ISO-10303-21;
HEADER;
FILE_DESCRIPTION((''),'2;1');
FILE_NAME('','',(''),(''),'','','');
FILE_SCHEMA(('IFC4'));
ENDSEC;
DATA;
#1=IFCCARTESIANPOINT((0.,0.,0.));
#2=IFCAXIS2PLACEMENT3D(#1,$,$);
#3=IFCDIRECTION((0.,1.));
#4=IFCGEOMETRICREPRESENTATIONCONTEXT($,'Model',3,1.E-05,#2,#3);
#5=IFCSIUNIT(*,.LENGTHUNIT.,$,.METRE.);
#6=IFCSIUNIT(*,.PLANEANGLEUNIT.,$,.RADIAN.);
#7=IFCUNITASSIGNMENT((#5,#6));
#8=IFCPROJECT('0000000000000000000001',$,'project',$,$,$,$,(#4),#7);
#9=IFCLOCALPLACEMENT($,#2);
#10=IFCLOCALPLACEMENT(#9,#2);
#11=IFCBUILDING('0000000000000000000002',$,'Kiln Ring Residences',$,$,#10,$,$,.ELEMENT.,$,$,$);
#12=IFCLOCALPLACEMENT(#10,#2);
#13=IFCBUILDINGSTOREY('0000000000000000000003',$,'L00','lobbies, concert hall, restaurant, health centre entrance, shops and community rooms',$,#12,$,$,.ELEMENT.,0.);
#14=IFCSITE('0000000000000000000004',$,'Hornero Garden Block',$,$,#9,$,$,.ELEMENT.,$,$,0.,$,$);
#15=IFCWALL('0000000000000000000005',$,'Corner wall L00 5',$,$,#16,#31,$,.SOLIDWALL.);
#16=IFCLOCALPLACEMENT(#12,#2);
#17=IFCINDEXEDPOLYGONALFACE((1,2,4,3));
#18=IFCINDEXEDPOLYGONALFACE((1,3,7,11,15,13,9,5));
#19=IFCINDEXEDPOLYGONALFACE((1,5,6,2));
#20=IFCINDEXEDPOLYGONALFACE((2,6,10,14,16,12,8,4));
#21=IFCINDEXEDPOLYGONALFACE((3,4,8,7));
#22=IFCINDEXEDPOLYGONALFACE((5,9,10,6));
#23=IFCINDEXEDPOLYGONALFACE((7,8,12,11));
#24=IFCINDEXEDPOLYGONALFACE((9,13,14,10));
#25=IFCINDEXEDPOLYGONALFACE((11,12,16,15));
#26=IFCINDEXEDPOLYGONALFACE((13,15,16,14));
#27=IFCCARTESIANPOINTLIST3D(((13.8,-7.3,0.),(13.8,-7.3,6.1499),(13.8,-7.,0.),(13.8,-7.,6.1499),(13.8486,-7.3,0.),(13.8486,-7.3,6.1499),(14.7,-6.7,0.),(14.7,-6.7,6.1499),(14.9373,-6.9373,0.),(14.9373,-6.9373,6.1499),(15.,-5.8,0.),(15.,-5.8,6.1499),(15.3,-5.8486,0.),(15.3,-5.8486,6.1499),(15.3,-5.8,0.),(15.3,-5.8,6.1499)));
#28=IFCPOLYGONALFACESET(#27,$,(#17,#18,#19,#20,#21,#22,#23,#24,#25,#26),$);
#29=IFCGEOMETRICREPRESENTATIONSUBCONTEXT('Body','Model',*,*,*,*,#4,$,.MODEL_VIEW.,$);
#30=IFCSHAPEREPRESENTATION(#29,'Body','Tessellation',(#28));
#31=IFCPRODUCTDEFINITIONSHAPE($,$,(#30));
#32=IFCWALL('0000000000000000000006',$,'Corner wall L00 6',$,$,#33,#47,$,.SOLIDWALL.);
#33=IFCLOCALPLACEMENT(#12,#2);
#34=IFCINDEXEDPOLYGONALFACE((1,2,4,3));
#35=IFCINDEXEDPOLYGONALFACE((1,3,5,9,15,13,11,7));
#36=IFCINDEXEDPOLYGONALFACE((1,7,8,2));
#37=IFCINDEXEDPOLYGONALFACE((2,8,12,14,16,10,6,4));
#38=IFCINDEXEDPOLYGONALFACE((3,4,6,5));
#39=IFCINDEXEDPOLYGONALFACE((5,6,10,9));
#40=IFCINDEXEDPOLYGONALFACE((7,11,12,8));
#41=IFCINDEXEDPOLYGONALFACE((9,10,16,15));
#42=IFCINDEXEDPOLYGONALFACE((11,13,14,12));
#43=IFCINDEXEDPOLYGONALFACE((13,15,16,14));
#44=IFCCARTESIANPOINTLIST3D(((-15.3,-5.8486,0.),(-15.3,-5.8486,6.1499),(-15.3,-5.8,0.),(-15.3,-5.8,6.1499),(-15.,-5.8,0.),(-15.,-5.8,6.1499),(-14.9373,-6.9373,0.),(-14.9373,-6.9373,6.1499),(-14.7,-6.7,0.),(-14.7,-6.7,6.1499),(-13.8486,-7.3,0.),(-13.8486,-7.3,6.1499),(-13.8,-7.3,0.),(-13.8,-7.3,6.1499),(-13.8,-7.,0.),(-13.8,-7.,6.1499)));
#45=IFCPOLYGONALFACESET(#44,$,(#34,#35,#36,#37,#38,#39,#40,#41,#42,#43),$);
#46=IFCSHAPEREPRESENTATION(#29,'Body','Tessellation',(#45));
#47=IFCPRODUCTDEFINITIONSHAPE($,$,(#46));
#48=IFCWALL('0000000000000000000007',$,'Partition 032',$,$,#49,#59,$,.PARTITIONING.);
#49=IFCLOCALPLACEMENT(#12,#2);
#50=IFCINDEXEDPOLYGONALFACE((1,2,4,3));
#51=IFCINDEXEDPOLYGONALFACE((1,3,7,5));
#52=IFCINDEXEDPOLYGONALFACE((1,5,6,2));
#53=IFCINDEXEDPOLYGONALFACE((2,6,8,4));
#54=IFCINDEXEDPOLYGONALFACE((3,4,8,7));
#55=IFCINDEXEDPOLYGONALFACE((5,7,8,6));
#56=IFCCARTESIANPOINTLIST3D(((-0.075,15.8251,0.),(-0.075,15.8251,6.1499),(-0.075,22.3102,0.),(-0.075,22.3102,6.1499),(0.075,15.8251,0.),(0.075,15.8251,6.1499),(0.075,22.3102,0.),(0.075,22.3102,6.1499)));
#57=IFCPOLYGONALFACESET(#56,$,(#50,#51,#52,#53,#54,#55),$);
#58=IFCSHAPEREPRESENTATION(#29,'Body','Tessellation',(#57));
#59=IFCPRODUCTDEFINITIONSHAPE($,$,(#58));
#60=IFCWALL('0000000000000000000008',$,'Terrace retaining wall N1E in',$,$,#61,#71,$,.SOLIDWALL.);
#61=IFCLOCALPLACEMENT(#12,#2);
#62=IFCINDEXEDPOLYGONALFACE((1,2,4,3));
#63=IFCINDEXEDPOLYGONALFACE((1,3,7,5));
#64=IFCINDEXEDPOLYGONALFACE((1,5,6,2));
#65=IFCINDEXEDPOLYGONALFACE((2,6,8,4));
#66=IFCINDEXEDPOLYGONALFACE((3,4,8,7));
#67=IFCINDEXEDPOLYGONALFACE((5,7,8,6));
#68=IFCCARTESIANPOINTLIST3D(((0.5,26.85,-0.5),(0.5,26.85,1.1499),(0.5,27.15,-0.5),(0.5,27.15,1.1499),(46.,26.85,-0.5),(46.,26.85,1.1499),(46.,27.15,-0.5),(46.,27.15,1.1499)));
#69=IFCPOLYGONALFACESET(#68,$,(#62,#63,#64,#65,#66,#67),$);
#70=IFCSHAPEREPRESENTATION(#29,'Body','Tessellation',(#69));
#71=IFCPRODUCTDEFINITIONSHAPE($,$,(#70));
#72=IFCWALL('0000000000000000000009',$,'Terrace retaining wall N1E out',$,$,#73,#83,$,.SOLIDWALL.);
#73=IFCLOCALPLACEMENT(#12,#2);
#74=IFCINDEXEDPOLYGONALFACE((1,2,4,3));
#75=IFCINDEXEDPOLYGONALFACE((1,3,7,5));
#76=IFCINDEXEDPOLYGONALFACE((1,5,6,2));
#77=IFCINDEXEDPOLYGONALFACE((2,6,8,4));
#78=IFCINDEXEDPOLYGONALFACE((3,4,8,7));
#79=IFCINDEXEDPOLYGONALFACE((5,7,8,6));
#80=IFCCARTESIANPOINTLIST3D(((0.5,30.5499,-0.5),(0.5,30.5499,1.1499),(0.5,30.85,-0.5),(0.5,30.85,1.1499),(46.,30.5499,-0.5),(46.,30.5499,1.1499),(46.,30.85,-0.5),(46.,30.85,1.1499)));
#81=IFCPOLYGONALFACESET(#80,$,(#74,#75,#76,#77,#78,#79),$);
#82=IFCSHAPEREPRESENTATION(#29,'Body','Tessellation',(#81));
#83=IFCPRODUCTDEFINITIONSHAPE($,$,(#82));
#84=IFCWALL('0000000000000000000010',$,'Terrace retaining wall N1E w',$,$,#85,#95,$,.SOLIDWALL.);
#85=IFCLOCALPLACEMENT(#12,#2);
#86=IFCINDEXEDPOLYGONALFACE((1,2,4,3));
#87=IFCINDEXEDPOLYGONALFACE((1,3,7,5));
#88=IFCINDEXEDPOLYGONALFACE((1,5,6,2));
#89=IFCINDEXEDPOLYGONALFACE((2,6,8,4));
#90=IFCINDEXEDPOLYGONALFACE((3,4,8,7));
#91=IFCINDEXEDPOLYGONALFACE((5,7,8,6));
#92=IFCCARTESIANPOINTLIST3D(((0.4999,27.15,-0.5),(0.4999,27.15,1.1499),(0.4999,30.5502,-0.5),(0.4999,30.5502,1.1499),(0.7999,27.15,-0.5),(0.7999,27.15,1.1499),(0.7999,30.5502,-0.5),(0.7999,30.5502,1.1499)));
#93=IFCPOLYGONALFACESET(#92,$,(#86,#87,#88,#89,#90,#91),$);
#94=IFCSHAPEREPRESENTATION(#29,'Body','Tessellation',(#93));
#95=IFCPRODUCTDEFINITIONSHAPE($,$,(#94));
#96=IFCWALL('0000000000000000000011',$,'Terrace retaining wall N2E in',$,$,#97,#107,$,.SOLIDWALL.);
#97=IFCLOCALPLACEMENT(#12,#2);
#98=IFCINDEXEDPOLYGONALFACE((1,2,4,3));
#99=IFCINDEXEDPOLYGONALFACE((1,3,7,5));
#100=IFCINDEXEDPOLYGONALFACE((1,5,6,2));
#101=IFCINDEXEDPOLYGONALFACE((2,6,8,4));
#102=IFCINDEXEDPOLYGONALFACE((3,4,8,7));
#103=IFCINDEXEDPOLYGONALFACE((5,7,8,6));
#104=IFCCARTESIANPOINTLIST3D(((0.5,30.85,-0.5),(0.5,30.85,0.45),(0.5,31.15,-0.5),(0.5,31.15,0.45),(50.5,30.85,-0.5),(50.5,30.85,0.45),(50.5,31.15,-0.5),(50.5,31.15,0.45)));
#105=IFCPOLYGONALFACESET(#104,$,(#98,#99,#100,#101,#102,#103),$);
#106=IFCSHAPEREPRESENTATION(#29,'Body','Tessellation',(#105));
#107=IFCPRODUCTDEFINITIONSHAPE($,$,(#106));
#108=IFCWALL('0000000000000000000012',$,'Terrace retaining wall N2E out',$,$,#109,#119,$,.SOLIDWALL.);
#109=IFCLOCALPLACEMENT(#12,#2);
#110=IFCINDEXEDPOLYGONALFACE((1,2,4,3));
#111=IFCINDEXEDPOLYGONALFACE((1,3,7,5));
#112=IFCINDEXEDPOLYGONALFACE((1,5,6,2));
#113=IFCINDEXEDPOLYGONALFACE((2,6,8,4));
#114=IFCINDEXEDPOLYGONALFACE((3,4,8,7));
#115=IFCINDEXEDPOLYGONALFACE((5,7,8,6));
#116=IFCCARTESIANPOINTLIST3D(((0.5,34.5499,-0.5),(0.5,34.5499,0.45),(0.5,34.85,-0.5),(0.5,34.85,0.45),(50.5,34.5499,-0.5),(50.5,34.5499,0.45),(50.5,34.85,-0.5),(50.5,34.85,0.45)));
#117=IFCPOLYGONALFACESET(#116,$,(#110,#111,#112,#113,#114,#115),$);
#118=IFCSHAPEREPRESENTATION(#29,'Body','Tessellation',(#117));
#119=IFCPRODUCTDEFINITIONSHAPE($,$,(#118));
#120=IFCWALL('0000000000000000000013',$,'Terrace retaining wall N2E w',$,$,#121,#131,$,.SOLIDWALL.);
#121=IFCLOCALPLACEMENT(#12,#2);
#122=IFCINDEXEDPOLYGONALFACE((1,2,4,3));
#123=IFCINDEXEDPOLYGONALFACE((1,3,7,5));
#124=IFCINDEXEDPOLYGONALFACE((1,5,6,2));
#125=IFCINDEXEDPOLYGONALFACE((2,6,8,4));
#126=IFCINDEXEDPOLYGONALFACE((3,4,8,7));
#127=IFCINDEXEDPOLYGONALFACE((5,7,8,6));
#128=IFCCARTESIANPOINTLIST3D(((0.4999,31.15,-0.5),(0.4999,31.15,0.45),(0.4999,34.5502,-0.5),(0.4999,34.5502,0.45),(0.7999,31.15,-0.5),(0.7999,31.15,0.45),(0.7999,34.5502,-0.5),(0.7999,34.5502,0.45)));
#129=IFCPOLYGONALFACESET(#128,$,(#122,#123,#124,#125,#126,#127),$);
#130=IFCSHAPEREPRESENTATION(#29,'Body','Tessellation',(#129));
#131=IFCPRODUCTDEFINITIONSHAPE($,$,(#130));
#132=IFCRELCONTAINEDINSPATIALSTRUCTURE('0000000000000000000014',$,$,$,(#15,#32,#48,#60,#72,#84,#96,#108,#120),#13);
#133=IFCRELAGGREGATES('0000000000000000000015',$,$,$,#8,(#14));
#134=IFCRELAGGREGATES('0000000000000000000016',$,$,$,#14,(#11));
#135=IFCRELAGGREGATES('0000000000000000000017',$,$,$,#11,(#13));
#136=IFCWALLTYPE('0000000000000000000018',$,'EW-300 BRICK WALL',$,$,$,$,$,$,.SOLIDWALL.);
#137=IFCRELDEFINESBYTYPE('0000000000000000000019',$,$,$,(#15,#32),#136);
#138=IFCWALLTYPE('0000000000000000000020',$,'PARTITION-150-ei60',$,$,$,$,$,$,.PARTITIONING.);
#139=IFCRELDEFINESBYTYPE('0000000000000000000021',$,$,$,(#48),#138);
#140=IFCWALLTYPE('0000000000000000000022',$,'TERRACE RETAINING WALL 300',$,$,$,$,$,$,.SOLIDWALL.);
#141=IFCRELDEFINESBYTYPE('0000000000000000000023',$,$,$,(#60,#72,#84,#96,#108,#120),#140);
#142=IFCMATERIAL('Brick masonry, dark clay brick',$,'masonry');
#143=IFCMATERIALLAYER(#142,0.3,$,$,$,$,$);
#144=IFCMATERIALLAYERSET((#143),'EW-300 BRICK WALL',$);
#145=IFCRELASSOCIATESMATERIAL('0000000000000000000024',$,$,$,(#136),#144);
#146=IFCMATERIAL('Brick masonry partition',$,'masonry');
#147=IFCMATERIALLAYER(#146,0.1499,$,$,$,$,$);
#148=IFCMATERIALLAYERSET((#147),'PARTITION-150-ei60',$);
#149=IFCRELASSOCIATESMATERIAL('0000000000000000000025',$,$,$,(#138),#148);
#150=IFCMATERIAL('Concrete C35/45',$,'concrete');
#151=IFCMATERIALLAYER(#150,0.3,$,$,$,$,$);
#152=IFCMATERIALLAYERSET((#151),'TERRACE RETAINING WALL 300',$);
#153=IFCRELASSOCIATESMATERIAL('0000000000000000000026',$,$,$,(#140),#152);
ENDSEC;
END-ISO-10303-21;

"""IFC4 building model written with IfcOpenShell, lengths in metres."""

from ifc_helpers import new_model, si_unit, direction, frame, frame_2d, origin, place, context, subcontext, project, spatial, polyline, rectangle, outline, extrude, material, layer, layer_set, type_object, element, save


model = new_model("IFC4")

# Units and contexts
model_context = context("Model", 3, precision=1e-05, world=origin(), true_north=direction((0.0, 1.0)))
body_context = subcontext(model_context, "Body", "Model", "MODEL_VIEW")
ifc_project = project(units=[si_unit("LENGTHUNIT", "METRE"), si_unit("PLANEANGLEUNIT", "RADIAN")], contexts=[model_context])

# Site, building, storey
site_placement = place(None, origin())
site = spatial("IfcSite", under=ifc_project, at=site_placement, Name="Hornero Garden Block", CompositionType="ELEMENT", RefElevation=0.0)
building_placement = place(site_placement, origin())
building = spatial("IfcBuilding", under=site, at=building_placement, Name="Kiln Ring Residences", CompositionType="ELEMENT")
storey_placement = place(building_placement, origin())
storey = spatial("IfcBuildingStorey", under=building, at=storey_placement, Name="L00", Description="lobbies, concert hall, restaurant, health centre entrance, shops and community rooms", CompositionType="ELEMENT", Elevation=0.0)

# Shared definitions
placement_1 = place(storey_placement, origin())

# Walls
ifc_material_1 = material(Name="Brick masonry, dark clay brick", Category="masonry")
ifc_layer_1 = layer(ifc_material_1, 0.3)
ifc_layer_set_1 = layer_set([ifc_layer_1], Name="EW-300 BRICK WALL")
wall_type_1 = type_object("IfcWallType", Name="EW-300 BRICK WALL", PredefinedType="SOLIDWALL", material=ifc_layer_set_1)
element("IfcWall", 1, at=placement_1, inside=storey, type_object=wall_type_1, Name="Corner wall L00 5", PredefinedType="SOLIDWALL", context=body_context, shape_type="SweptSolid", body=[
    extrude(outline(polyline([(14.9373, -6.9373), (15.3, -5.8486), (15.3, -5.8), (15.0, -5.8), (14.7, -6.7), (13.8, -7.0), (13.8, -7.3), (13.8486, -7.3), (14.9373, -6.9373)])), origin(), (0.0, 0.0, 1.0), 6.1499),
])
element("IfcWall", 2, at=placement_1, inside=storey, type_object=wall_type_1, Name="Corner wall L00 6", PredefinedType="SOLIDWALL", context=body_context, shape_type="SweptSolid", body=[
    extrude(outline(polyline([(-14.9373, -6.9373), (-13.8486, -7.3), (-13.8, -7.3), (-13.8, -7.0), (-14.7, -6.7), (-15.0, -5.8), (-15.3, -5.8), (-15.3, -5.8486), (-14.9373, -6.9373)])), origin(), (0.0, 0.0, 1.0), 6.1499),
])
ifc_material_2 = material(Name="Brick masonry partition", Category="masonry")
ifc_layer_2 = layer(ifc_material_2, 0.1499)
ifc_layer_set_2 = layer_set([ifc_layer_2], Name="PARTITION-150-ei60")
wall_type_2 = type_object("IfcWallType", Name="PARTITION-150-ei60", PredefinedType="PARTITIONING", material=ifc_layer_set_2)
wall_1_placement = place(storey_placement, frame((0.0, 15.825, 0.0), z_axis=(0.0, 0.0, 1.0), x_axis=(0.0, 1.0, 0.0)))
element("IfcWall", 3, at=wall_1_placement, inside=storey, type_object=wall_type_2, Name="Partition 032", PredefinedType="PARTITIONING", context=body_context, shape_type="SweptSolid", body=[
    extrude(rectangle(XDim=6.4851, YDim=0.1499, at=frame_2d((3.2427, 0.0))), origin(), (0.0, 0.0, 1.0), 6.1499),
])
ifc_material_3 = material(Name="Concrete C35/45", Category="concrete")
ifc_layer_3 = layer(ifc_material_3, 0.3)
ifc_layer_set_3 = layer_set([ifc_layer_3], Name="TERRACE RETAINING WALL 300")
wall_type_3 = type_object("IfcWallType", Name="TERRACE RETAINING WALL 300", PredefinedType="SOLIDWALL", material=ifc_layer_set_3)
for number, where, z_axis, x_axis, name in (
    (4, (0.5, 27.0, -0.5), (0.0, 0.0, 1.0), (1.0, 0.0, 0.0), "Terrace retaining wall N1E in"),
    (5, (0.5, 30.7, -0.5), (0.0, 0.0, 1.0), (1.0, 0.0, 0.0), "Terrace retaining wall N1E out"),
):
    element("IfcWall", number, at=place(storey_placement, frame(where, z_axis=z_axis, x_axis=x_axis)), inside=storey, type_object=wall_type_3, Name=name, PredefinedType="SOLIDWALL", context=body_context, shape_type="SweptSolid", body=[
        extrude(rectangle(XDim=45.5, YDim=0.3, at=frame_2d((22.75, 0.0))), origin(), (0.0, 0.0, 1.0), 1.6499),
    ])
wall_2_placement = place(storey_placement, frame((0.6499, 27.1499, -0.5), z_axis=(0.0, 0.0, 1.0), x_axis=(0.0, 1.0, 0.0)))
element("IfcWall", 6, at=wall_2_placement, inside=storey, type_object=wall_type_3, Name="Terrace retaining wall N1E w", PredefinedType="SOLIDWALL", context=body_context, shape_type="SweptSolid", body=[
    extrude(rectangle(XDim=3.4001, YDim=0.3, at=frame_2d((1.7002, 0.0))), origin(), (0.0, 0.0, 1.0), 1.6499),
])
for number, where, z_axis, x_axis, name in (
    (7, (0.5, 31.0, -0.5), (0.0, 0.0, 1.0), (1.0, 0.0, 0.0), "Terrace retaining wall N2E in"),
    (8, (0.5, 34.7, -0.5), (0.0, 0.0, 1.0), (1.0, 0.0, 0.0), "Terrace retaining wall N2E out"),
):
    element("IfcWall", number, at=place(storey_placement, frame(where, z_axis=z_axis, x_axis=x_axis)), inside=storey, type_object=wall_type_3, Name=name, PredefinedType="SOLIDWALL", context=body_context, shape_type="SweptSolid", body=[
        extrude(rectangle(XDim=50.0, YDim=0.3, at=frame_2d((25.0, 0.0))), origin(), (0.0, 0.0, 1.0), 0.95),
    ])
wall_3_placement = place(storey_placement, frame((0.6499, 31.1499, -0.5), z_axis=(0.0, 0.0, 1.0), x_axis=(0.0, 1.0, 0.0)))
element("IfcWall", 9, at=wall_3_placement, inside=storey, type_object=wall_type_3, Name="Terrace retaining wall N2E w", PredefinedType="SOLIDWALL", context=body_context, shape_type="SweptSolid", body=[
    extrude(rectangle(XDim=3.4001, YDim=0.3, at=frame_2d((1.7002, 0.0))), origin(), (0.0, 0.0, 1.0), 0.95),
])

save(model, "model.ifc")
